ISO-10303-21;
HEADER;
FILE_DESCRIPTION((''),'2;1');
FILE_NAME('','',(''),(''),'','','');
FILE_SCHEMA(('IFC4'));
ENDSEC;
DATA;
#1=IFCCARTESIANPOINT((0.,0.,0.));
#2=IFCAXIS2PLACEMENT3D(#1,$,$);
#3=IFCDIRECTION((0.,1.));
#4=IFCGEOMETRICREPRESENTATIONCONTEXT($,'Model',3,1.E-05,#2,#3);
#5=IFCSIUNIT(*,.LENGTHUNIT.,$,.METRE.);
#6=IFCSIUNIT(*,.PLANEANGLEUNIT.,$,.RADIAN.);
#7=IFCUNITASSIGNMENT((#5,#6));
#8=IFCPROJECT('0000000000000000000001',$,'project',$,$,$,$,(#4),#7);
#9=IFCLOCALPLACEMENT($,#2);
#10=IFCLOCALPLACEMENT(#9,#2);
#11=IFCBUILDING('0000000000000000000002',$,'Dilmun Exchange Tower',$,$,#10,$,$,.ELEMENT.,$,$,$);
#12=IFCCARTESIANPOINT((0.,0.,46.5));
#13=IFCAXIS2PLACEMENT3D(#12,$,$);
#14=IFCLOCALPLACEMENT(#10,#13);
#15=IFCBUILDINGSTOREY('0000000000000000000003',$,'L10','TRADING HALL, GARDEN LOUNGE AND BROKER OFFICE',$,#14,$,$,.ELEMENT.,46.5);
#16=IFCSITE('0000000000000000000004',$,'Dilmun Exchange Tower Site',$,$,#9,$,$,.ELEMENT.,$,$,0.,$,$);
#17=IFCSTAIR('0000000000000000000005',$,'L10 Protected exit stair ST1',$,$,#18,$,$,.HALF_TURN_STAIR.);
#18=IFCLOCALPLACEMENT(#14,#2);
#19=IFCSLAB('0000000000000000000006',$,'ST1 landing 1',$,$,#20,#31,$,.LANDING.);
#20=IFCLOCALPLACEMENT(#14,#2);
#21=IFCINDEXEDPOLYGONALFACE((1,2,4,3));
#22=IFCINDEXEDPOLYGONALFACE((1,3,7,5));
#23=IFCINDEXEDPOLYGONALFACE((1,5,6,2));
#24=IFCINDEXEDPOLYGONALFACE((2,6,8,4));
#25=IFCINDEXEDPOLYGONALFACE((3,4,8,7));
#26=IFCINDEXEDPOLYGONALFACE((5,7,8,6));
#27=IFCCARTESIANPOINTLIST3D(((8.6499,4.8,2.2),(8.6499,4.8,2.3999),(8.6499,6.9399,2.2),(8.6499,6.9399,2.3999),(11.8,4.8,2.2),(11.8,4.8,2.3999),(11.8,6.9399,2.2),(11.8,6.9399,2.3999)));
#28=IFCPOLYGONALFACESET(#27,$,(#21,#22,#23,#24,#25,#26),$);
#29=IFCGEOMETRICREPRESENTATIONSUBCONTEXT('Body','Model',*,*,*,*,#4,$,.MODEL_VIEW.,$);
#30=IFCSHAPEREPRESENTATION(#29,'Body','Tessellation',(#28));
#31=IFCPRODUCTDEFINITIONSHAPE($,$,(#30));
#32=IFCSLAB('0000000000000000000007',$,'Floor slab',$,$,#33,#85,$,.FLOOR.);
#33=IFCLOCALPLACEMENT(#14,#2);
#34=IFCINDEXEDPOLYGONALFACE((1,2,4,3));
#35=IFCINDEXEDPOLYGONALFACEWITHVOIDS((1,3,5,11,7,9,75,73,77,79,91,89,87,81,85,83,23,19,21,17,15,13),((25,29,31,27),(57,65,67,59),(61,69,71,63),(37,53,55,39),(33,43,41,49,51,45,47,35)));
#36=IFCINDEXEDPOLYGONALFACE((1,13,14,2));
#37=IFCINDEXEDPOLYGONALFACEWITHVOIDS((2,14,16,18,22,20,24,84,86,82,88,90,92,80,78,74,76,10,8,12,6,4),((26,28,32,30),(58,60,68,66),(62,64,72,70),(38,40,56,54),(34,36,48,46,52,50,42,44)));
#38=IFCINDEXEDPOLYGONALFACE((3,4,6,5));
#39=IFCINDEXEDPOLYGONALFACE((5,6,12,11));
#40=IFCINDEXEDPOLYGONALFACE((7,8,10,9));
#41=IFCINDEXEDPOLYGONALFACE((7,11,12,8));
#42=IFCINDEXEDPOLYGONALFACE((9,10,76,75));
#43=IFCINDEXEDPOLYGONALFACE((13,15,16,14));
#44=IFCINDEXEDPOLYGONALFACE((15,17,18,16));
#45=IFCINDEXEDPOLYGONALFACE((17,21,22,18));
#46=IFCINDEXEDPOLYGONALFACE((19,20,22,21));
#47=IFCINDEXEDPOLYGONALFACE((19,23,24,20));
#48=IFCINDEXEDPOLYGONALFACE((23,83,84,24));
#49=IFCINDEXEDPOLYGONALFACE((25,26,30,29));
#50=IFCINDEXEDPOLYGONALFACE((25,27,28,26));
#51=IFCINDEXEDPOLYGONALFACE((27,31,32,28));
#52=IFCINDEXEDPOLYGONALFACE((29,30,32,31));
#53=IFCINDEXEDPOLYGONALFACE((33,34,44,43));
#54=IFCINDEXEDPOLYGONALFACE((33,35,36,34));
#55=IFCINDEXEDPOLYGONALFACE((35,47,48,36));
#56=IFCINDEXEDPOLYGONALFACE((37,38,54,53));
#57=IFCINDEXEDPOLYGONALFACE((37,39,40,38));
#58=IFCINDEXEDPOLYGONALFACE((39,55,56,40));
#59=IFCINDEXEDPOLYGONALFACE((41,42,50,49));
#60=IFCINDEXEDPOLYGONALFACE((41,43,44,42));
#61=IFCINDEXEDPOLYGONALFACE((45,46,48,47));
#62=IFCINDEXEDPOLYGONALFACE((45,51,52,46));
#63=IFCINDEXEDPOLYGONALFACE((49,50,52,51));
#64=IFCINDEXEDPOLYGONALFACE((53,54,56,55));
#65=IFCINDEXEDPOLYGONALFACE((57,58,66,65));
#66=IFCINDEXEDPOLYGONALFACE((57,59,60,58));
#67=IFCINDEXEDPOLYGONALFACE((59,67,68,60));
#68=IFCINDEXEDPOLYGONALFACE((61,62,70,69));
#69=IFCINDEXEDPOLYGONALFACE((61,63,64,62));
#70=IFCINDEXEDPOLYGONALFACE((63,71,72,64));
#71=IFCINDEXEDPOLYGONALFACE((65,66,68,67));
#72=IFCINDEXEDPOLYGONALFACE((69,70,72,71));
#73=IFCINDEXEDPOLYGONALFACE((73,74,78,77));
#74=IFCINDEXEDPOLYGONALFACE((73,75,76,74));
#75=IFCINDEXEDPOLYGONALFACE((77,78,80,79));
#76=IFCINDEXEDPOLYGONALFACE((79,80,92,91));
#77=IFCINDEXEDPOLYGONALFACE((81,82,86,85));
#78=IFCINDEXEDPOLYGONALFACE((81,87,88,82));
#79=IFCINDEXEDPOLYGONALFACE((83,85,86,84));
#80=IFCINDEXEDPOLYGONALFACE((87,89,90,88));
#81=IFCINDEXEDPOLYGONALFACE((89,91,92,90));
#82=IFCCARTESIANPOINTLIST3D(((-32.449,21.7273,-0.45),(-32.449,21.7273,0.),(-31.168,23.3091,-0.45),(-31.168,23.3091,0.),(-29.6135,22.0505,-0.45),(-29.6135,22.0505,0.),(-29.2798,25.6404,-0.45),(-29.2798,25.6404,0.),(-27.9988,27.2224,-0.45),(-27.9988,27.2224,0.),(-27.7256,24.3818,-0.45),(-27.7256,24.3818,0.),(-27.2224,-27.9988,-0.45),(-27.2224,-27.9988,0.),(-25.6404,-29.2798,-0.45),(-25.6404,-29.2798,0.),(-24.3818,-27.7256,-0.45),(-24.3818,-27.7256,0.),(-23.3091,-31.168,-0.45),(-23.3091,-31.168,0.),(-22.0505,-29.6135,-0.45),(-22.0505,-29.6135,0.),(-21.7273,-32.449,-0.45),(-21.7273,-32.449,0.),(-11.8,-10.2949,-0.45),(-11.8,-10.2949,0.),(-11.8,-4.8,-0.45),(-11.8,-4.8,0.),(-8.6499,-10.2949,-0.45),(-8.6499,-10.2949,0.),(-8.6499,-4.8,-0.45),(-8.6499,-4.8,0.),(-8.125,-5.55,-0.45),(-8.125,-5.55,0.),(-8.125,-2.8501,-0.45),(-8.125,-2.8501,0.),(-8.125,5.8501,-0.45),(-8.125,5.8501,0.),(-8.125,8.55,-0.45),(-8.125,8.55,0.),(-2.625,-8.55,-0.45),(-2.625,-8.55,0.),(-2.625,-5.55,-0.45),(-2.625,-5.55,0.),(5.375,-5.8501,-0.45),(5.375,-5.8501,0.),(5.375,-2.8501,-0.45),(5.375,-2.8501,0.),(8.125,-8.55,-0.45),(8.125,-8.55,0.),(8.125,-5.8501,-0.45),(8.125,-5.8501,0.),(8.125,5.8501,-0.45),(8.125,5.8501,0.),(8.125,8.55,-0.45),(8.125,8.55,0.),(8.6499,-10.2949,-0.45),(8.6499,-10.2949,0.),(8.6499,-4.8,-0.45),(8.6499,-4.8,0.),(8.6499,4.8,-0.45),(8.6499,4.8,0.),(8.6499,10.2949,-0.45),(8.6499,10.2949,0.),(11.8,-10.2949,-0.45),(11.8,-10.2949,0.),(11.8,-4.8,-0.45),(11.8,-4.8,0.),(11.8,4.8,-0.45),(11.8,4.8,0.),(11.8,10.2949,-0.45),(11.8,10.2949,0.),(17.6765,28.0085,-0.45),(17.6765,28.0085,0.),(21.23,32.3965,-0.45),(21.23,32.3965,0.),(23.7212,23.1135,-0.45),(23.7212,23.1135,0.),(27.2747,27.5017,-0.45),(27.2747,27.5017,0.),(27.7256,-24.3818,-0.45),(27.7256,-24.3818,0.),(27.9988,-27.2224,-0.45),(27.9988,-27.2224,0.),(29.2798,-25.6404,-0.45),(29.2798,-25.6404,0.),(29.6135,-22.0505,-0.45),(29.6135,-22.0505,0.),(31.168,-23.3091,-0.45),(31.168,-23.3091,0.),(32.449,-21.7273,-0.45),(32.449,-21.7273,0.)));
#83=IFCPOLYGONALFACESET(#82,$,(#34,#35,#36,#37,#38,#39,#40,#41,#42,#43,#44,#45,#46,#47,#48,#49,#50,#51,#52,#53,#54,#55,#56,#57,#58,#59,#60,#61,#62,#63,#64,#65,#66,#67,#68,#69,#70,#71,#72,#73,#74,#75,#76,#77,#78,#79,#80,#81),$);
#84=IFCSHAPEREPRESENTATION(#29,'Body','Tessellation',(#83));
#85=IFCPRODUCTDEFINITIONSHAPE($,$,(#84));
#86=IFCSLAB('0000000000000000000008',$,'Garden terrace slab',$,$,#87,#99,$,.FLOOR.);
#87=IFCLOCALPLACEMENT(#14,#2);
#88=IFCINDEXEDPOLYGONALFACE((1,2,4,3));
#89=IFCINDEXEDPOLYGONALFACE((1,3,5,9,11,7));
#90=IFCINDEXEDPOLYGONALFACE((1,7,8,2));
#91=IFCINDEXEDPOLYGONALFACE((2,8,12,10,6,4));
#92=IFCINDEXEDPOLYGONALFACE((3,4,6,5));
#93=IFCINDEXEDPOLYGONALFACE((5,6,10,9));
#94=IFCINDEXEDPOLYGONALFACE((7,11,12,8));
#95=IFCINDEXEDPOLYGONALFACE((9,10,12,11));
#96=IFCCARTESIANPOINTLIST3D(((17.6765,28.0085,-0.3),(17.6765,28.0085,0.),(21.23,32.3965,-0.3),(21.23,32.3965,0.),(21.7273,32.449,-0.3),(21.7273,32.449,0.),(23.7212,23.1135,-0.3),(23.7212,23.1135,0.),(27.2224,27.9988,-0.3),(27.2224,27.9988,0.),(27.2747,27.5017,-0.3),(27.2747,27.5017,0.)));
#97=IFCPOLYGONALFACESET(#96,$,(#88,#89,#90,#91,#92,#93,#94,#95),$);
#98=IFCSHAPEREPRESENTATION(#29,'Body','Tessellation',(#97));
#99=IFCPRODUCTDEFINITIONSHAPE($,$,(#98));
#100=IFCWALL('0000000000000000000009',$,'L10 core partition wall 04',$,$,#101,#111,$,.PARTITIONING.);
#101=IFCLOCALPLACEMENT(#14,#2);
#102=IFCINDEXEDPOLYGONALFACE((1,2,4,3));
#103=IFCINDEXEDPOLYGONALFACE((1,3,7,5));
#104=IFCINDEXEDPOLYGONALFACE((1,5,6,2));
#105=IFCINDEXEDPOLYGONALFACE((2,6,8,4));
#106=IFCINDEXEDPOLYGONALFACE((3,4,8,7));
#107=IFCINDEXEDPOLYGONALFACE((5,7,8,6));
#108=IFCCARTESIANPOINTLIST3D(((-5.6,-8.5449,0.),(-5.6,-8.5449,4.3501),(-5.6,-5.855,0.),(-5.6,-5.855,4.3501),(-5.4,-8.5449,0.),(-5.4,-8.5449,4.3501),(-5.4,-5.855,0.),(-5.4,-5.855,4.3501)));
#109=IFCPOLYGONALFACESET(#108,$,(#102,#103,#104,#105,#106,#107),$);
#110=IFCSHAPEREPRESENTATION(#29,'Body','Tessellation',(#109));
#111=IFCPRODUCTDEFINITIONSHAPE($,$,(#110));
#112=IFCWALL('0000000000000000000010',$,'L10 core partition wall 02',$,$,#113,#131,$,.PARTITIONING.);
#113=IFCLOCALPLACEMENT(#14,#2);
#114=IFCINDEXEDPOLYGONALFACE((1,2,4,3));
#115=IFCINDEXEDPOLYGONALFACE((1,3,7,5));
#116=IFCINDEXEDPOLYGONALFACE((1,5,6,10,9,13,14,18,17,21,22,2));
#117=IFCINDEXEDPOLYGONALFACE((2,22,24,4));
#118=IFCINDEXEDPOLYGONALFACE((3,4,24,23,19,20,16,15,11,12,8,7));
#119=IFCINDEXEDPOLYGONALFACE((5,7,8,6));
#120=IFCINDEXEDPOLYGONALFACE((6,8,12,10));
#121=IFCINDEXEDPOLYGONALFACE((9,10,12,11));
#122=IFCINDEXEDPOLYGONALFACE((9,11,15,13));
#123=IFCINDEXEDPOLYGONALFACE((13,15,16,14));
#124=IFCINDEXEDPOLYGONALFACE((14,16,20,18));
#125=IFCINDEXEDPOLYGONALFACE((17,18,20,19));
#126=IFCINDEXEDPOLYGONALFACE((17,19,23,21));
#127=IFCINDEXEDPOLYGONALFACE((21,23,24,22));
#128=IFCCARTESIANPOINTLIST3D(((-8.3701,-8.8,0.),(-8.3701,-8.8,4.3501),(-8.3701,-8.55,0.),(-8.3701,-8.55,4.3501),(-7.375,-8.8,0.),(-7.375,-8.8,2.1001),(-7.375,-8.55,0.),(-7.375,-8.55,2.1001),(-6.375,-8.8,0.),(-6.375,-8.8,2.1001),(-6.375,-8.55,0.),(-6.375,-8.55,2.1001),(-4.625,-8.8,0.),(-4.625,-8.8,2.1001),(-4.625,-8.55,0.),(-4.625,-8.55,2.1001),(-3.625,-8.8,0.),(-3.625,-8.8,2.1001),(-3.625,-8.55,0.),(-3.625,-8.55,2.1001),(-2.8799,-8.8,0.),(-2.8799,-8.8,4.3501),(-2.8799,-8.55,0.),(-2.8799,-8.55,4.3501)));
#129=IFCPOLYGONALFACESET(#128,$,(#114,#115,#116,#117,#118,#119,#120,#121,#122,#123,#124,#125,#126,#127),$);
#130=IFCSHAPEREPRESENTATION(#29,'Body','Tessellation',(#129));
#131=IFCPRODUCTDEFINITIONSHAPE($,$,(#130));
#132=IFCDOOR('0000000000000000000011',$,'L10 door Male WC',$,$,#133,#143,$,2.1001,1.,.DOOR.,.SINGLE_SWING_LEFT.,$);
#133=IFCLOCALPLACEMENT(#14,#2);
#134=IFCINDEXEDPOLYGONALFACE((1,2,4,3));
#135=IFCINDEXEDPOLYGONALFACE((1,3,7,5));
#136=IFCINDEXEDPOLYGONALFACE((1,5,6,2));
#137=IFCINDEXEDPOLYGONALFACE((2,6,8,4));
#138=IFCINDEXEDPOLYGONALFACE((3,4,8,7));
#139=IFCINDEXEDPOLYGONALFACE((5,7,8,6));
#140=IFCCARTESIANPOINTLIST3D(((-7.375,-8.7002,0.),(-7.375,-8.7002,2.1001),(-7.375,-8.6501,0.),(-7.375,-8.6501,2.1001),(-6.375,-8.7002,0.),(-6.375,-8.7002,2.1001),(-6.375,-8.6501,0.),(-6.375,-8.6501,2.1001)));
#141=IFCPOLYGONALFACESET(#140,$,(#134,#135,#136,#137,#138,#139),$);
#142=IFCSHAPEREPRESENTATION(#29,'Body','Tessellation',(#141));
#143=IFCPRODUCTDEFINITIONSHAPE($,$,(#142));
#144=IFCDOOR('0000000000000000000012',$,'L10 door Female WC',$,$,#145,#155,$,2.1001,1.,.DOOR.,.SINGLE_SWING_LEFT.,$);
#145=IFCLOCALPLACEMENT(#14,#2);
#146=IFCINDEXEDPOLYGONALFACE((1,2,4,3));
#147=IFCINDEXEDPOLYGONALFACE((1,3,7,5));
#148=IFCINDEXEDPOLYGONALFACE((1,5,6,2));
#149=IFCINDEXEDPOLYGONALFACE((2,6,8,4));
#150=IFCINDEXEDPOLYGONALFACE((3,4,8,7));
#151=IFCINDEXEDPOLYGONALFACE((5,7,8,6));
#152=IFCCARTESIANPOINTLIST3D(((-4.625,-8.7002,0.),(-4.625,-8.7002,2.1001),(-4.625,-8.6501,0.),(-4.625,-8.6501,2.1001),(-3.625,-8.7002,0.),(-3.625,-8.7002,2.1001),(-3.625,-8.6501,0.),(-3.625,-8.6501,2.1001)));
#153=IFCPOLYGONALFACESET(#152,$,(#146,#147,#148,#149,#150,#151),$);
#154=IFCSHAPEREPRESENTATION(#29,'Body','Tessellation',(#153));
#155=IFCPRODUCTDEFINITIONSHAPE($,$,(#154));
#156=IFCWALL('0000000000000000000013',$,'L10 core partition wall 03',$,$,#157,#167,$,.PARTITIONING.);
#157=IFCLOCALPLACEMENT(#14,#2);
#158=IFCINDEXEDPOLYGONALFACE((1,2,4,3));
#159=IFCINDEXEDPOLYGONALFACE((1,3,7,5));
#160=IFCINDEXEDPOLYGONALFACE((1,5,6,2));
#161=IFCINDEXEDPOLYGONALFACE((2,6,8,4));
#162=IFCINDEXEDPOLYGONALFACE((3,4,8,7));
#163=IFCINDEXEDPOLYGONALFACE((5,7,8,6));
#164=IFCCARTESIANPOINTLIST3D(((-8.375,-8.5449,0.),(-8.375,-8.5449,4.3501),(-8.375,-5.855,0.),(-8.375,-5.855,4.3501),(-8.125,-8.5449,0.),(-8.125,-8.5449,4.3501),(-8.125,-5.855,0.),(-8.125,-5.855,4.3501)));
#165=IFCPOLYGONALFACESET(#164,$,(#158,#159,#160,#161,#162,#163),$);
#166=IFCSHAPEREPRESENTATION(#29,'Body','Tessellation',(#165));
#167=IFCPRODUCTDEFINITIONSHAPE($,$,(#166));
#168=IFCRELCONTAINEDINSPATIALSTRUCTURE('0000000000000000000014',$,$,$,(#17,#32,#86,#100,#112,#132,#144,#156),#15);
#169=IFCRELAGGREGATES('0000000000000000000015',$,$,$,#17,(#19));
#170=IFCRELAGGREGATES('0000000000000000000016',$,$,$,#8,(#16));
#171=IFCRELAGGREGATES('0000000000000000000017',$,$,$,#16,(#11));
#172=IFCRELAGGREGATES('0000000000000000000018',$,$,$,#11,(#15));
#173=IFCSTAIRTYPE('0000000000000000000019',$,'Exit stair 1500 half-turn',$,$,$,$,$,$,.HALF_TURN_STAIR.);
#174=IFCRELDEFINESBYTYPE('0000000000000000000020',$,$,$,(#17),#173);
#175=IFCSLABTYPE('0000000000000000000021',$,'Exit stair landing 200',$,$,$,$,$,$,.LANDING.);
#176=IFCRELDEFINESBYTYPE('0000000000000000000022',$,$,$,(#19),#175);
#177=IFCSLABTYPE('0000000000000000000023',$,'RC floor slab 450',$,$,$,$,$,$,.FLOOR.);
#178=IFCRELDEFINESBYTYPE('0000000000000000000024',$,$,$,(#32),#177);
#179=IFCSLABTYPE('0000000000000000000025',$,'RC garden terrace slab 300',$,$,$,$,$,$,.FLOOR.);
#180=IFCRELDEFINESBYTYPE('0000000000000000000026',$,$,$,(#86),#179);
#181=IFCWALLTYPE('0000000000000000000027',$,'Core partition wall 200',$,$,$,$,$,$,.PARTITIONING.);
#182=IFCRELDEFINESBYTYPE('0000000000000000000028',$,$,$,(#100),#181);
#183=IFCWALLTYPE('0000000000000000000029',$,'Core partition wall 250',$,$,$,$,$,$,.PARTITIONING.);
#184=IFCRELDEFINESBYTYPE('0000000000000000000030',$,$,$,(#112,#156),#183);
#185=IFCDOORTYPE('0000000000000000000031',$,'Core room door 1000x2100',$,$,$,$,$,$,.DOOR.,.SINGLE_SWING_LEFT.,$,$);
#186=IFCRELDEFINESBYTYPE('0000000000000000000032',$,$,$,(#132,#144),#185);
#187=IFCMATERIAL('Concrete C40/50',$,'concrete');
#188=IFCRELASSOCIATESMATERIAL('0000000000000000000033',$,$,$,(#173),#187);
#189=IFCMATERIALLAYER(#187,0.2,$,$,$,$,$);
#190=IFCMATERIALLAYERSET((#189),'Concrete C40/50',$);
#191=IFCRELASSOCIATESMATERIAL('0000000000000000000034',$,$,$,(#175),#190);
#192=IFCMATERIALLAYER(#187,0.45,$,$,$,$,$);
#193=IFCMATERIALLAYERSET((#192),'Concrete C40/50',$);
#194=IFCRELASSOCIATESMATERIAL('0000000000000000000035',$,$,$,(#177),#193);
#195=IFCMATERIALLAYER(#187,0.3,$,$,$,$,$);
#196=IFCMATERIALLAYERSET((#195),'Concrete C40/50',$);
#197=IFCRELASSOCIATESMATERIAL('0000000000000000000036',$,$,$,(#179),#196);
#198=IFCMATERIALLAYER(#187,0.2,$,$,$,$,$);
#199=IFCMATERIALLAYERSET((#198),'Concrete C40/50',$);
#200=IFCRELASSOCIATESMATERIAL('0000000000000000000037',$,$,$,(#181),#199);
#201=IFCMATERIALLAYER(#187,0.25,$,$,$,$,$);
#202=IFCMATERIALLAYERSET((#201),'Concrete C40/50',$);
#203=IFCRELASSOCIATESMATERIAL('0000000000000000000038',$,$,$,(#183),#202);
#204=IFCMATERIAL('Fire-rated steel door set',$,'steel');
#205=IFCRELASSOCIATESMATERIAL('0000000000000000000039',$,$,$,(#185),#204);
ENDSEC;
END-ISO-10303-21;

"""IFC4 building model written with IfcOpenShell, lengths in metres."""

from ifc_helpers import new_model, si_unit, direction, frame, frame_2d, origin, place, context, subcontext, project, spatial, polyline, rectangle, outline, extrude, material, layer, layer_set, type_object, element, fill, aggregate, save


model = new_model("IFC4")

# Units and contexts
model_context = context("Model", 3, precision=1e-05, world=origin(), true_north=direction((0.0, 1.0)))
body_context = subcontext(model_context, "Body", "Model", "MODEL_VIEW")
ifc_project = project(units=[si_unit("LENGTHUNIT", "METRE"), si_unit("PLANEANGLEUNIT", "RADIAN")], contexts=[model_context])

# Site, building, storey
site_placement = place(None, origin())
site = spatial("IfcSite", under=ifc_project, at=site_placement, Name="Dilmun Exchange Tower Site", CompositionType="ELEMENT", RefElevation=0.0)
building_placement = place(site_placement, origin())
building = spatial("IfcBuilding", under=site, at=building_placement, Name="Dilmun Exchange Tower", CompositionType="ELEMENT")
storey_placement = place(building_placement, frame((0.0, 0.0, 46.5)))
storey = spatial("IfcBuildingStorey", under=building, at=storey_placement, Name="L10", Description="TRADING HALL, GARDEN LOUNGE AND BROKER OFFICE", CompositionType="ELEMENT", Elevation=46.5)

# Stair, slab
ifc_material_1 = material(Name="Concrete C40/50", Category="concrete")
stair_type = type_object("IfcStairType", Name="Exit stair 1500 half-turn", PredefinedType="HALF_TURN_STAIR", material=ifc_material_1)
stair_placement = place(storey_placement, origin())
stair = element("IfcStair", 1, at=stair_placement, inside=storey, type_object=stair_type, Name="L10 Protected exit stair ST1", PredefinedType="HALF_TURN_STAIR")
ifc_layer_1 = layer(ifc_material_1, 0.2)
ifc_layer_set_1 = layer_set([ifc_layer_1], Name="Concrete C40/50")
slab_type_1 = type_object("IfcSlabType", Name="Exit stair landing 200", PredefinedType="LANDING", material=ifc_layer_set_1)
slab_1_placement = place(storey_placement, frame((0.0, 0.0, 2.2)))
slab_1 = element("IfcSlab", 2, at=slab_1_placement, type_object=slab_type_1, Name="ST1 landing 1", PredefinedType="LANDING", context=body_context, shape_type="SweptSolid", body=[
    extrude(outline(polyline([(8.6499, 6.9399), (8.6499, 4.8), (11.8, 4.8), (11.8, 6.9399), (8.6499, 6.9399)])), origin(), (0.0, 0.0, 1.0), 0.2),
])
aggregate(stair, [slab_1])

# Slabs
ifc_layer_2 = layer(ifc_material_1, 0.45)
ifc_layer_set_2 = layer_set([ifc_layer_2], Name="Concrete C40/50")
slab_type_2 = type_object("IfcSlabType", Name="RC floor slab 450", PredefinedType="FLOOR", material=ifc_layer_set_2)
slab_2_placement = place(storey_placement, frame((0.0, 0.0, -0.45)))
element("IfcSlab", 3, at=slab_2_placement, inside=storey, type_object=slab_type_2, Name="Floor slab", PredefinedType="FLOOR", context=body_context, shape_type="SweptSolid", body=[
    extrude(outline(polyline([(31.168, -23.3091), (29.6135, -22.0505), (27.7256, -24.3818), (29.2798, -25.6404), (27.9988, -27.2224), (-21.7273, -32.449), (-23.3091, -31.168), (-22.0505, -29.6135), (-24.3818, -27.7256), (-25.6404, -29.2798), (-27.2224, -27.9988), (-32.449, 21.7273), (-31.168, 23.3091), (-29.6135, 22.0505), (-27.7256, 24.3818), (-29.2798, 25.6404), (-27.9988, 27.2224), (21.23, 32.3965), (17.6765, 28.0085), (23.7212, 23.1135), (27.2747, 27.5017), (32.449, -21.7273), (31.168, -23.3091)]), holes=[polyline([(-8.6499, -4.8), (-11.8, -4.8), (-11.8, -10.2949), (-8.6499, -10.2949), (-8.6499, -4.8)]), polyline([(11.8, -4.8), (8.6499, -4.8), (8.6499, -10.2949), (11.8, -10.2949), (11.8, -4.8)]), polyline([(-8.125, -2.8501), (-8.125, -5.55), (-2.625, -5.55), (-2.625, -8.55), (8.125, -8.55), (8.125, -5.8501), (5.375, -5.8501), (5.375, -2.8501), (-8.125, -2.8501)]), polyline([(-8.125, 5.8501), (8.125, 5.8501), (8.125, 8.55), (-8.125, 8.55), (-8.125, 5.8501)]), polyline([(8.6499, 10.2949), (8.6499, 4.8), (11.8, 4.8), (11.8, 10.2949), (8.6499, 10.2949)])]), origin(), (0.0, 0.0, 1.0), 0.45),
])
ifc_layer_3 = layer(ifc_material_1, 0.3)
ifc_layer_set_3 = layer_set([ifc_layer_3], Name="Concrete C40/50")
slab_type_3 = type_object("IfcSlabType", Name="RC garden terrace slab 300", PredefinedType="FLOOR", material=ifc_layer_set_3)
slab_3_placement = place(storey_placement, frame((0.0, 0.0, -0.3)))
element("IfcSlab", 4, at=slab_3_placement, inside=storey, type_object=slab_type_3, Name="Garden terrace slab", PredefinedType="FLOOR", context=body_context, shape_type="SweptSolid", body=[
    extrude(outline(polyline([(17.6765, 28.0085), (21.23, 32.3965), (21.7273, 32.449), (27.2224, 27.9988), (27.2747, 27.5017), (23.7212, 23.1135), (17.6765, 28.0085)])), origin(), (0.0, 0.0, 1.0), 0.3),
])

# Wall
ifc_layer_4 = layer(ifc_material_1, 0.2)
ifc_layer_set_4 = layer_set([ifc_layer_4], Name="Concrete C40/50")
wall_type_1 = type_object("IfcWallType", Name="Core partition wall 200", PredefinedType="PARTITIONING", material=ifc_layer_set_4)
wall_1_placement = place(storey_placement, frame((-5.5, -8.5449, 0.0), z_axis=(0.0, 0.0, 1.0), x_axis=(0.0, 1.0, 0.0)))
element("IfcWall", 5, at=wall_1_placement, inside=storey, type_object=wall_type_1, Name="L10 core partition wall 04", PredefinedType="PARTITIONING", context=body_context, shape_type="SweptSolid", body=[
    extrude(rectangle(XDim=2.6899, YDim=0.2, at=frame_2d((1.345, 0.0))), origin(), (0.0, 0.0, 1.0), 4.3501),
])

# Wall, openings, doors
ifc_layer_5 = layer(ifc_material_1, 0.25)
ifc_layer_set_5 = layer_set([ifc_layer_5], Name="Concrete C40/50")
wall_type_2 = type_object("IfcWallType", Name="Core partition wall 250", PredefinedType="PARTITIONING", material=ifc_layer_set_5)
wall_2_placement = place(storey_placement, frame((-8.3701, -8.675, 0.0), z_axis=(0.0, 0.0, 1.0), x_axis=(1.0, 0.0, 0.0)))
wall_2 = element("IfcWall", 6, at=wall_2_placement, inside=storey, type_object=wall_type_2, Name="L10 core partition wall 02", PredefinedType="PARTITIONING", context=body_context, shape_type="SweptSolid", body=[
    extrude(rectangle(XDim=5.4902, YDim=0.25, at=frame_2d((2.7451, 0.0))), origin(), (0.0, 0.0, 1.0), 4.3501),
])
opening_1_placement = place(wall_2_placement, frame((0.9951, 0.0, 0.0)))
opening_1 = element("IfcOpeningElement", 7, at=opening_1_placement, cuts=wall_2, PredefinedType="OPENING", context=body_context, shape_type="SweptSolid", body=[
    extrude(rectangle(XDim=1.0, YDim=2.1001, at=frame_2d((0.5, 1.05))), frame((0.0, 0.135, 0.0), z_axis=(0.0, -1.0, 0.0), x_axis=(1.0, 0.0, 0.0)), (0.0, 0.0, 1.0), 0.27),
])
opening_2_placement = place(wall_2_placement, frame((3.7451, 0.0, 0.0)))
opening_2 = element("IfcOpeningElement", 8, at=opening_2_placement, cuts=wall_2, PredefinedType="OPENING", context=body_context, shape_type="SweptSolid", body=[
    extrude(rectangle(XDim=1.0, YDim=2.1001, at=frame_2d((0.5, 1.05))), frame((0.0, 0.135, 0.0), z_axis=(0.0, -1.0, 0.0), x_axis=(1.0, 0.0, 0.0)), (0.0, 0.0, 1.0), 0.27),
])
ifc_material_2 = material(Name="Fire-rated steel door set", Category="steel")
door_type_1 = type_object("IfcDoorType", Name="Core room door 1000x2100", OperationType="SINGLE_SWING_LEFT", PredefinedType="DOOR", material=ifc_material_2)
door_1_placement = place(opening_1_placement, origin())
door_1 = element("IfcDoor", 9, at=door_1_placement, inside=storey, type_object=door_type_1, Name="L10 door Male WC", OperationType="SINGLE_SWING_LEFT", OverallHeight=2.1001, OverallWidth=1.0, PredefinedType="DOOR", context=body_context, shape_type="SweptSolid", body=[
    extrude(rectangle(XDim=1.0, YDim=2.1001, at=frame_2d((0.5, 1.05))), frame((0.0, 0.0249, 0.0), z_axis=(0.0, -1.0, 0.0), x_axis=(1.0, 0.0, 0.0)), (0.0, 0.0, 1.0), 0.05),
])
fill(opening_1, door_1)
door_2_placement = place(opening_2_placement, origin())
door_2 = element("IfcDoor", 10, at=door_2_placement, inside=storey, type_object=door_type_1, Name="L10 door Female WC", OperationType="SINGLE_SWING_LEFT", OverallHeight=2.1001, OverallWidth=1.0, PredefinedType="DOOR", context=body_context, shape_type="SweptSolid", body=[
    extrude(rectangle(XDim=1.0, YDim=2.1001, at=frame_2d((0.5, 1.05))), frame((0.0, 0.0249, 0.0), z_axis=(0.0, -1.0, 0.0), x_axis=(1.0, 0.0, 0.0)), (0.0, 0.0, 1.0), 0.05),
])
fill(opening_2, door_2)

# Wall
wall_3_placement = place(storey_placement, frame((-8.25, -8.5449, 0.0), z_axis=(0.0, 0.0, 1.0), x_axis=(0.0, 1.0, 0.0)))
element("IfcWall", 11, at=wall_3_placement, inside=storey, type_object=wall_type_2, Name="L10 core partition wall 03", PredefinedType="PARTITIONING", context=body_context, shape_type="SweptSolid", body=[
    extrude(rectangle(XDim=2.6899, YDim=0.25, at=frame_2d((1.345, 0.0))), origin(), (0.0, 0.0, 1.0), 4.3501),
])

save(model, "model.ifc")
